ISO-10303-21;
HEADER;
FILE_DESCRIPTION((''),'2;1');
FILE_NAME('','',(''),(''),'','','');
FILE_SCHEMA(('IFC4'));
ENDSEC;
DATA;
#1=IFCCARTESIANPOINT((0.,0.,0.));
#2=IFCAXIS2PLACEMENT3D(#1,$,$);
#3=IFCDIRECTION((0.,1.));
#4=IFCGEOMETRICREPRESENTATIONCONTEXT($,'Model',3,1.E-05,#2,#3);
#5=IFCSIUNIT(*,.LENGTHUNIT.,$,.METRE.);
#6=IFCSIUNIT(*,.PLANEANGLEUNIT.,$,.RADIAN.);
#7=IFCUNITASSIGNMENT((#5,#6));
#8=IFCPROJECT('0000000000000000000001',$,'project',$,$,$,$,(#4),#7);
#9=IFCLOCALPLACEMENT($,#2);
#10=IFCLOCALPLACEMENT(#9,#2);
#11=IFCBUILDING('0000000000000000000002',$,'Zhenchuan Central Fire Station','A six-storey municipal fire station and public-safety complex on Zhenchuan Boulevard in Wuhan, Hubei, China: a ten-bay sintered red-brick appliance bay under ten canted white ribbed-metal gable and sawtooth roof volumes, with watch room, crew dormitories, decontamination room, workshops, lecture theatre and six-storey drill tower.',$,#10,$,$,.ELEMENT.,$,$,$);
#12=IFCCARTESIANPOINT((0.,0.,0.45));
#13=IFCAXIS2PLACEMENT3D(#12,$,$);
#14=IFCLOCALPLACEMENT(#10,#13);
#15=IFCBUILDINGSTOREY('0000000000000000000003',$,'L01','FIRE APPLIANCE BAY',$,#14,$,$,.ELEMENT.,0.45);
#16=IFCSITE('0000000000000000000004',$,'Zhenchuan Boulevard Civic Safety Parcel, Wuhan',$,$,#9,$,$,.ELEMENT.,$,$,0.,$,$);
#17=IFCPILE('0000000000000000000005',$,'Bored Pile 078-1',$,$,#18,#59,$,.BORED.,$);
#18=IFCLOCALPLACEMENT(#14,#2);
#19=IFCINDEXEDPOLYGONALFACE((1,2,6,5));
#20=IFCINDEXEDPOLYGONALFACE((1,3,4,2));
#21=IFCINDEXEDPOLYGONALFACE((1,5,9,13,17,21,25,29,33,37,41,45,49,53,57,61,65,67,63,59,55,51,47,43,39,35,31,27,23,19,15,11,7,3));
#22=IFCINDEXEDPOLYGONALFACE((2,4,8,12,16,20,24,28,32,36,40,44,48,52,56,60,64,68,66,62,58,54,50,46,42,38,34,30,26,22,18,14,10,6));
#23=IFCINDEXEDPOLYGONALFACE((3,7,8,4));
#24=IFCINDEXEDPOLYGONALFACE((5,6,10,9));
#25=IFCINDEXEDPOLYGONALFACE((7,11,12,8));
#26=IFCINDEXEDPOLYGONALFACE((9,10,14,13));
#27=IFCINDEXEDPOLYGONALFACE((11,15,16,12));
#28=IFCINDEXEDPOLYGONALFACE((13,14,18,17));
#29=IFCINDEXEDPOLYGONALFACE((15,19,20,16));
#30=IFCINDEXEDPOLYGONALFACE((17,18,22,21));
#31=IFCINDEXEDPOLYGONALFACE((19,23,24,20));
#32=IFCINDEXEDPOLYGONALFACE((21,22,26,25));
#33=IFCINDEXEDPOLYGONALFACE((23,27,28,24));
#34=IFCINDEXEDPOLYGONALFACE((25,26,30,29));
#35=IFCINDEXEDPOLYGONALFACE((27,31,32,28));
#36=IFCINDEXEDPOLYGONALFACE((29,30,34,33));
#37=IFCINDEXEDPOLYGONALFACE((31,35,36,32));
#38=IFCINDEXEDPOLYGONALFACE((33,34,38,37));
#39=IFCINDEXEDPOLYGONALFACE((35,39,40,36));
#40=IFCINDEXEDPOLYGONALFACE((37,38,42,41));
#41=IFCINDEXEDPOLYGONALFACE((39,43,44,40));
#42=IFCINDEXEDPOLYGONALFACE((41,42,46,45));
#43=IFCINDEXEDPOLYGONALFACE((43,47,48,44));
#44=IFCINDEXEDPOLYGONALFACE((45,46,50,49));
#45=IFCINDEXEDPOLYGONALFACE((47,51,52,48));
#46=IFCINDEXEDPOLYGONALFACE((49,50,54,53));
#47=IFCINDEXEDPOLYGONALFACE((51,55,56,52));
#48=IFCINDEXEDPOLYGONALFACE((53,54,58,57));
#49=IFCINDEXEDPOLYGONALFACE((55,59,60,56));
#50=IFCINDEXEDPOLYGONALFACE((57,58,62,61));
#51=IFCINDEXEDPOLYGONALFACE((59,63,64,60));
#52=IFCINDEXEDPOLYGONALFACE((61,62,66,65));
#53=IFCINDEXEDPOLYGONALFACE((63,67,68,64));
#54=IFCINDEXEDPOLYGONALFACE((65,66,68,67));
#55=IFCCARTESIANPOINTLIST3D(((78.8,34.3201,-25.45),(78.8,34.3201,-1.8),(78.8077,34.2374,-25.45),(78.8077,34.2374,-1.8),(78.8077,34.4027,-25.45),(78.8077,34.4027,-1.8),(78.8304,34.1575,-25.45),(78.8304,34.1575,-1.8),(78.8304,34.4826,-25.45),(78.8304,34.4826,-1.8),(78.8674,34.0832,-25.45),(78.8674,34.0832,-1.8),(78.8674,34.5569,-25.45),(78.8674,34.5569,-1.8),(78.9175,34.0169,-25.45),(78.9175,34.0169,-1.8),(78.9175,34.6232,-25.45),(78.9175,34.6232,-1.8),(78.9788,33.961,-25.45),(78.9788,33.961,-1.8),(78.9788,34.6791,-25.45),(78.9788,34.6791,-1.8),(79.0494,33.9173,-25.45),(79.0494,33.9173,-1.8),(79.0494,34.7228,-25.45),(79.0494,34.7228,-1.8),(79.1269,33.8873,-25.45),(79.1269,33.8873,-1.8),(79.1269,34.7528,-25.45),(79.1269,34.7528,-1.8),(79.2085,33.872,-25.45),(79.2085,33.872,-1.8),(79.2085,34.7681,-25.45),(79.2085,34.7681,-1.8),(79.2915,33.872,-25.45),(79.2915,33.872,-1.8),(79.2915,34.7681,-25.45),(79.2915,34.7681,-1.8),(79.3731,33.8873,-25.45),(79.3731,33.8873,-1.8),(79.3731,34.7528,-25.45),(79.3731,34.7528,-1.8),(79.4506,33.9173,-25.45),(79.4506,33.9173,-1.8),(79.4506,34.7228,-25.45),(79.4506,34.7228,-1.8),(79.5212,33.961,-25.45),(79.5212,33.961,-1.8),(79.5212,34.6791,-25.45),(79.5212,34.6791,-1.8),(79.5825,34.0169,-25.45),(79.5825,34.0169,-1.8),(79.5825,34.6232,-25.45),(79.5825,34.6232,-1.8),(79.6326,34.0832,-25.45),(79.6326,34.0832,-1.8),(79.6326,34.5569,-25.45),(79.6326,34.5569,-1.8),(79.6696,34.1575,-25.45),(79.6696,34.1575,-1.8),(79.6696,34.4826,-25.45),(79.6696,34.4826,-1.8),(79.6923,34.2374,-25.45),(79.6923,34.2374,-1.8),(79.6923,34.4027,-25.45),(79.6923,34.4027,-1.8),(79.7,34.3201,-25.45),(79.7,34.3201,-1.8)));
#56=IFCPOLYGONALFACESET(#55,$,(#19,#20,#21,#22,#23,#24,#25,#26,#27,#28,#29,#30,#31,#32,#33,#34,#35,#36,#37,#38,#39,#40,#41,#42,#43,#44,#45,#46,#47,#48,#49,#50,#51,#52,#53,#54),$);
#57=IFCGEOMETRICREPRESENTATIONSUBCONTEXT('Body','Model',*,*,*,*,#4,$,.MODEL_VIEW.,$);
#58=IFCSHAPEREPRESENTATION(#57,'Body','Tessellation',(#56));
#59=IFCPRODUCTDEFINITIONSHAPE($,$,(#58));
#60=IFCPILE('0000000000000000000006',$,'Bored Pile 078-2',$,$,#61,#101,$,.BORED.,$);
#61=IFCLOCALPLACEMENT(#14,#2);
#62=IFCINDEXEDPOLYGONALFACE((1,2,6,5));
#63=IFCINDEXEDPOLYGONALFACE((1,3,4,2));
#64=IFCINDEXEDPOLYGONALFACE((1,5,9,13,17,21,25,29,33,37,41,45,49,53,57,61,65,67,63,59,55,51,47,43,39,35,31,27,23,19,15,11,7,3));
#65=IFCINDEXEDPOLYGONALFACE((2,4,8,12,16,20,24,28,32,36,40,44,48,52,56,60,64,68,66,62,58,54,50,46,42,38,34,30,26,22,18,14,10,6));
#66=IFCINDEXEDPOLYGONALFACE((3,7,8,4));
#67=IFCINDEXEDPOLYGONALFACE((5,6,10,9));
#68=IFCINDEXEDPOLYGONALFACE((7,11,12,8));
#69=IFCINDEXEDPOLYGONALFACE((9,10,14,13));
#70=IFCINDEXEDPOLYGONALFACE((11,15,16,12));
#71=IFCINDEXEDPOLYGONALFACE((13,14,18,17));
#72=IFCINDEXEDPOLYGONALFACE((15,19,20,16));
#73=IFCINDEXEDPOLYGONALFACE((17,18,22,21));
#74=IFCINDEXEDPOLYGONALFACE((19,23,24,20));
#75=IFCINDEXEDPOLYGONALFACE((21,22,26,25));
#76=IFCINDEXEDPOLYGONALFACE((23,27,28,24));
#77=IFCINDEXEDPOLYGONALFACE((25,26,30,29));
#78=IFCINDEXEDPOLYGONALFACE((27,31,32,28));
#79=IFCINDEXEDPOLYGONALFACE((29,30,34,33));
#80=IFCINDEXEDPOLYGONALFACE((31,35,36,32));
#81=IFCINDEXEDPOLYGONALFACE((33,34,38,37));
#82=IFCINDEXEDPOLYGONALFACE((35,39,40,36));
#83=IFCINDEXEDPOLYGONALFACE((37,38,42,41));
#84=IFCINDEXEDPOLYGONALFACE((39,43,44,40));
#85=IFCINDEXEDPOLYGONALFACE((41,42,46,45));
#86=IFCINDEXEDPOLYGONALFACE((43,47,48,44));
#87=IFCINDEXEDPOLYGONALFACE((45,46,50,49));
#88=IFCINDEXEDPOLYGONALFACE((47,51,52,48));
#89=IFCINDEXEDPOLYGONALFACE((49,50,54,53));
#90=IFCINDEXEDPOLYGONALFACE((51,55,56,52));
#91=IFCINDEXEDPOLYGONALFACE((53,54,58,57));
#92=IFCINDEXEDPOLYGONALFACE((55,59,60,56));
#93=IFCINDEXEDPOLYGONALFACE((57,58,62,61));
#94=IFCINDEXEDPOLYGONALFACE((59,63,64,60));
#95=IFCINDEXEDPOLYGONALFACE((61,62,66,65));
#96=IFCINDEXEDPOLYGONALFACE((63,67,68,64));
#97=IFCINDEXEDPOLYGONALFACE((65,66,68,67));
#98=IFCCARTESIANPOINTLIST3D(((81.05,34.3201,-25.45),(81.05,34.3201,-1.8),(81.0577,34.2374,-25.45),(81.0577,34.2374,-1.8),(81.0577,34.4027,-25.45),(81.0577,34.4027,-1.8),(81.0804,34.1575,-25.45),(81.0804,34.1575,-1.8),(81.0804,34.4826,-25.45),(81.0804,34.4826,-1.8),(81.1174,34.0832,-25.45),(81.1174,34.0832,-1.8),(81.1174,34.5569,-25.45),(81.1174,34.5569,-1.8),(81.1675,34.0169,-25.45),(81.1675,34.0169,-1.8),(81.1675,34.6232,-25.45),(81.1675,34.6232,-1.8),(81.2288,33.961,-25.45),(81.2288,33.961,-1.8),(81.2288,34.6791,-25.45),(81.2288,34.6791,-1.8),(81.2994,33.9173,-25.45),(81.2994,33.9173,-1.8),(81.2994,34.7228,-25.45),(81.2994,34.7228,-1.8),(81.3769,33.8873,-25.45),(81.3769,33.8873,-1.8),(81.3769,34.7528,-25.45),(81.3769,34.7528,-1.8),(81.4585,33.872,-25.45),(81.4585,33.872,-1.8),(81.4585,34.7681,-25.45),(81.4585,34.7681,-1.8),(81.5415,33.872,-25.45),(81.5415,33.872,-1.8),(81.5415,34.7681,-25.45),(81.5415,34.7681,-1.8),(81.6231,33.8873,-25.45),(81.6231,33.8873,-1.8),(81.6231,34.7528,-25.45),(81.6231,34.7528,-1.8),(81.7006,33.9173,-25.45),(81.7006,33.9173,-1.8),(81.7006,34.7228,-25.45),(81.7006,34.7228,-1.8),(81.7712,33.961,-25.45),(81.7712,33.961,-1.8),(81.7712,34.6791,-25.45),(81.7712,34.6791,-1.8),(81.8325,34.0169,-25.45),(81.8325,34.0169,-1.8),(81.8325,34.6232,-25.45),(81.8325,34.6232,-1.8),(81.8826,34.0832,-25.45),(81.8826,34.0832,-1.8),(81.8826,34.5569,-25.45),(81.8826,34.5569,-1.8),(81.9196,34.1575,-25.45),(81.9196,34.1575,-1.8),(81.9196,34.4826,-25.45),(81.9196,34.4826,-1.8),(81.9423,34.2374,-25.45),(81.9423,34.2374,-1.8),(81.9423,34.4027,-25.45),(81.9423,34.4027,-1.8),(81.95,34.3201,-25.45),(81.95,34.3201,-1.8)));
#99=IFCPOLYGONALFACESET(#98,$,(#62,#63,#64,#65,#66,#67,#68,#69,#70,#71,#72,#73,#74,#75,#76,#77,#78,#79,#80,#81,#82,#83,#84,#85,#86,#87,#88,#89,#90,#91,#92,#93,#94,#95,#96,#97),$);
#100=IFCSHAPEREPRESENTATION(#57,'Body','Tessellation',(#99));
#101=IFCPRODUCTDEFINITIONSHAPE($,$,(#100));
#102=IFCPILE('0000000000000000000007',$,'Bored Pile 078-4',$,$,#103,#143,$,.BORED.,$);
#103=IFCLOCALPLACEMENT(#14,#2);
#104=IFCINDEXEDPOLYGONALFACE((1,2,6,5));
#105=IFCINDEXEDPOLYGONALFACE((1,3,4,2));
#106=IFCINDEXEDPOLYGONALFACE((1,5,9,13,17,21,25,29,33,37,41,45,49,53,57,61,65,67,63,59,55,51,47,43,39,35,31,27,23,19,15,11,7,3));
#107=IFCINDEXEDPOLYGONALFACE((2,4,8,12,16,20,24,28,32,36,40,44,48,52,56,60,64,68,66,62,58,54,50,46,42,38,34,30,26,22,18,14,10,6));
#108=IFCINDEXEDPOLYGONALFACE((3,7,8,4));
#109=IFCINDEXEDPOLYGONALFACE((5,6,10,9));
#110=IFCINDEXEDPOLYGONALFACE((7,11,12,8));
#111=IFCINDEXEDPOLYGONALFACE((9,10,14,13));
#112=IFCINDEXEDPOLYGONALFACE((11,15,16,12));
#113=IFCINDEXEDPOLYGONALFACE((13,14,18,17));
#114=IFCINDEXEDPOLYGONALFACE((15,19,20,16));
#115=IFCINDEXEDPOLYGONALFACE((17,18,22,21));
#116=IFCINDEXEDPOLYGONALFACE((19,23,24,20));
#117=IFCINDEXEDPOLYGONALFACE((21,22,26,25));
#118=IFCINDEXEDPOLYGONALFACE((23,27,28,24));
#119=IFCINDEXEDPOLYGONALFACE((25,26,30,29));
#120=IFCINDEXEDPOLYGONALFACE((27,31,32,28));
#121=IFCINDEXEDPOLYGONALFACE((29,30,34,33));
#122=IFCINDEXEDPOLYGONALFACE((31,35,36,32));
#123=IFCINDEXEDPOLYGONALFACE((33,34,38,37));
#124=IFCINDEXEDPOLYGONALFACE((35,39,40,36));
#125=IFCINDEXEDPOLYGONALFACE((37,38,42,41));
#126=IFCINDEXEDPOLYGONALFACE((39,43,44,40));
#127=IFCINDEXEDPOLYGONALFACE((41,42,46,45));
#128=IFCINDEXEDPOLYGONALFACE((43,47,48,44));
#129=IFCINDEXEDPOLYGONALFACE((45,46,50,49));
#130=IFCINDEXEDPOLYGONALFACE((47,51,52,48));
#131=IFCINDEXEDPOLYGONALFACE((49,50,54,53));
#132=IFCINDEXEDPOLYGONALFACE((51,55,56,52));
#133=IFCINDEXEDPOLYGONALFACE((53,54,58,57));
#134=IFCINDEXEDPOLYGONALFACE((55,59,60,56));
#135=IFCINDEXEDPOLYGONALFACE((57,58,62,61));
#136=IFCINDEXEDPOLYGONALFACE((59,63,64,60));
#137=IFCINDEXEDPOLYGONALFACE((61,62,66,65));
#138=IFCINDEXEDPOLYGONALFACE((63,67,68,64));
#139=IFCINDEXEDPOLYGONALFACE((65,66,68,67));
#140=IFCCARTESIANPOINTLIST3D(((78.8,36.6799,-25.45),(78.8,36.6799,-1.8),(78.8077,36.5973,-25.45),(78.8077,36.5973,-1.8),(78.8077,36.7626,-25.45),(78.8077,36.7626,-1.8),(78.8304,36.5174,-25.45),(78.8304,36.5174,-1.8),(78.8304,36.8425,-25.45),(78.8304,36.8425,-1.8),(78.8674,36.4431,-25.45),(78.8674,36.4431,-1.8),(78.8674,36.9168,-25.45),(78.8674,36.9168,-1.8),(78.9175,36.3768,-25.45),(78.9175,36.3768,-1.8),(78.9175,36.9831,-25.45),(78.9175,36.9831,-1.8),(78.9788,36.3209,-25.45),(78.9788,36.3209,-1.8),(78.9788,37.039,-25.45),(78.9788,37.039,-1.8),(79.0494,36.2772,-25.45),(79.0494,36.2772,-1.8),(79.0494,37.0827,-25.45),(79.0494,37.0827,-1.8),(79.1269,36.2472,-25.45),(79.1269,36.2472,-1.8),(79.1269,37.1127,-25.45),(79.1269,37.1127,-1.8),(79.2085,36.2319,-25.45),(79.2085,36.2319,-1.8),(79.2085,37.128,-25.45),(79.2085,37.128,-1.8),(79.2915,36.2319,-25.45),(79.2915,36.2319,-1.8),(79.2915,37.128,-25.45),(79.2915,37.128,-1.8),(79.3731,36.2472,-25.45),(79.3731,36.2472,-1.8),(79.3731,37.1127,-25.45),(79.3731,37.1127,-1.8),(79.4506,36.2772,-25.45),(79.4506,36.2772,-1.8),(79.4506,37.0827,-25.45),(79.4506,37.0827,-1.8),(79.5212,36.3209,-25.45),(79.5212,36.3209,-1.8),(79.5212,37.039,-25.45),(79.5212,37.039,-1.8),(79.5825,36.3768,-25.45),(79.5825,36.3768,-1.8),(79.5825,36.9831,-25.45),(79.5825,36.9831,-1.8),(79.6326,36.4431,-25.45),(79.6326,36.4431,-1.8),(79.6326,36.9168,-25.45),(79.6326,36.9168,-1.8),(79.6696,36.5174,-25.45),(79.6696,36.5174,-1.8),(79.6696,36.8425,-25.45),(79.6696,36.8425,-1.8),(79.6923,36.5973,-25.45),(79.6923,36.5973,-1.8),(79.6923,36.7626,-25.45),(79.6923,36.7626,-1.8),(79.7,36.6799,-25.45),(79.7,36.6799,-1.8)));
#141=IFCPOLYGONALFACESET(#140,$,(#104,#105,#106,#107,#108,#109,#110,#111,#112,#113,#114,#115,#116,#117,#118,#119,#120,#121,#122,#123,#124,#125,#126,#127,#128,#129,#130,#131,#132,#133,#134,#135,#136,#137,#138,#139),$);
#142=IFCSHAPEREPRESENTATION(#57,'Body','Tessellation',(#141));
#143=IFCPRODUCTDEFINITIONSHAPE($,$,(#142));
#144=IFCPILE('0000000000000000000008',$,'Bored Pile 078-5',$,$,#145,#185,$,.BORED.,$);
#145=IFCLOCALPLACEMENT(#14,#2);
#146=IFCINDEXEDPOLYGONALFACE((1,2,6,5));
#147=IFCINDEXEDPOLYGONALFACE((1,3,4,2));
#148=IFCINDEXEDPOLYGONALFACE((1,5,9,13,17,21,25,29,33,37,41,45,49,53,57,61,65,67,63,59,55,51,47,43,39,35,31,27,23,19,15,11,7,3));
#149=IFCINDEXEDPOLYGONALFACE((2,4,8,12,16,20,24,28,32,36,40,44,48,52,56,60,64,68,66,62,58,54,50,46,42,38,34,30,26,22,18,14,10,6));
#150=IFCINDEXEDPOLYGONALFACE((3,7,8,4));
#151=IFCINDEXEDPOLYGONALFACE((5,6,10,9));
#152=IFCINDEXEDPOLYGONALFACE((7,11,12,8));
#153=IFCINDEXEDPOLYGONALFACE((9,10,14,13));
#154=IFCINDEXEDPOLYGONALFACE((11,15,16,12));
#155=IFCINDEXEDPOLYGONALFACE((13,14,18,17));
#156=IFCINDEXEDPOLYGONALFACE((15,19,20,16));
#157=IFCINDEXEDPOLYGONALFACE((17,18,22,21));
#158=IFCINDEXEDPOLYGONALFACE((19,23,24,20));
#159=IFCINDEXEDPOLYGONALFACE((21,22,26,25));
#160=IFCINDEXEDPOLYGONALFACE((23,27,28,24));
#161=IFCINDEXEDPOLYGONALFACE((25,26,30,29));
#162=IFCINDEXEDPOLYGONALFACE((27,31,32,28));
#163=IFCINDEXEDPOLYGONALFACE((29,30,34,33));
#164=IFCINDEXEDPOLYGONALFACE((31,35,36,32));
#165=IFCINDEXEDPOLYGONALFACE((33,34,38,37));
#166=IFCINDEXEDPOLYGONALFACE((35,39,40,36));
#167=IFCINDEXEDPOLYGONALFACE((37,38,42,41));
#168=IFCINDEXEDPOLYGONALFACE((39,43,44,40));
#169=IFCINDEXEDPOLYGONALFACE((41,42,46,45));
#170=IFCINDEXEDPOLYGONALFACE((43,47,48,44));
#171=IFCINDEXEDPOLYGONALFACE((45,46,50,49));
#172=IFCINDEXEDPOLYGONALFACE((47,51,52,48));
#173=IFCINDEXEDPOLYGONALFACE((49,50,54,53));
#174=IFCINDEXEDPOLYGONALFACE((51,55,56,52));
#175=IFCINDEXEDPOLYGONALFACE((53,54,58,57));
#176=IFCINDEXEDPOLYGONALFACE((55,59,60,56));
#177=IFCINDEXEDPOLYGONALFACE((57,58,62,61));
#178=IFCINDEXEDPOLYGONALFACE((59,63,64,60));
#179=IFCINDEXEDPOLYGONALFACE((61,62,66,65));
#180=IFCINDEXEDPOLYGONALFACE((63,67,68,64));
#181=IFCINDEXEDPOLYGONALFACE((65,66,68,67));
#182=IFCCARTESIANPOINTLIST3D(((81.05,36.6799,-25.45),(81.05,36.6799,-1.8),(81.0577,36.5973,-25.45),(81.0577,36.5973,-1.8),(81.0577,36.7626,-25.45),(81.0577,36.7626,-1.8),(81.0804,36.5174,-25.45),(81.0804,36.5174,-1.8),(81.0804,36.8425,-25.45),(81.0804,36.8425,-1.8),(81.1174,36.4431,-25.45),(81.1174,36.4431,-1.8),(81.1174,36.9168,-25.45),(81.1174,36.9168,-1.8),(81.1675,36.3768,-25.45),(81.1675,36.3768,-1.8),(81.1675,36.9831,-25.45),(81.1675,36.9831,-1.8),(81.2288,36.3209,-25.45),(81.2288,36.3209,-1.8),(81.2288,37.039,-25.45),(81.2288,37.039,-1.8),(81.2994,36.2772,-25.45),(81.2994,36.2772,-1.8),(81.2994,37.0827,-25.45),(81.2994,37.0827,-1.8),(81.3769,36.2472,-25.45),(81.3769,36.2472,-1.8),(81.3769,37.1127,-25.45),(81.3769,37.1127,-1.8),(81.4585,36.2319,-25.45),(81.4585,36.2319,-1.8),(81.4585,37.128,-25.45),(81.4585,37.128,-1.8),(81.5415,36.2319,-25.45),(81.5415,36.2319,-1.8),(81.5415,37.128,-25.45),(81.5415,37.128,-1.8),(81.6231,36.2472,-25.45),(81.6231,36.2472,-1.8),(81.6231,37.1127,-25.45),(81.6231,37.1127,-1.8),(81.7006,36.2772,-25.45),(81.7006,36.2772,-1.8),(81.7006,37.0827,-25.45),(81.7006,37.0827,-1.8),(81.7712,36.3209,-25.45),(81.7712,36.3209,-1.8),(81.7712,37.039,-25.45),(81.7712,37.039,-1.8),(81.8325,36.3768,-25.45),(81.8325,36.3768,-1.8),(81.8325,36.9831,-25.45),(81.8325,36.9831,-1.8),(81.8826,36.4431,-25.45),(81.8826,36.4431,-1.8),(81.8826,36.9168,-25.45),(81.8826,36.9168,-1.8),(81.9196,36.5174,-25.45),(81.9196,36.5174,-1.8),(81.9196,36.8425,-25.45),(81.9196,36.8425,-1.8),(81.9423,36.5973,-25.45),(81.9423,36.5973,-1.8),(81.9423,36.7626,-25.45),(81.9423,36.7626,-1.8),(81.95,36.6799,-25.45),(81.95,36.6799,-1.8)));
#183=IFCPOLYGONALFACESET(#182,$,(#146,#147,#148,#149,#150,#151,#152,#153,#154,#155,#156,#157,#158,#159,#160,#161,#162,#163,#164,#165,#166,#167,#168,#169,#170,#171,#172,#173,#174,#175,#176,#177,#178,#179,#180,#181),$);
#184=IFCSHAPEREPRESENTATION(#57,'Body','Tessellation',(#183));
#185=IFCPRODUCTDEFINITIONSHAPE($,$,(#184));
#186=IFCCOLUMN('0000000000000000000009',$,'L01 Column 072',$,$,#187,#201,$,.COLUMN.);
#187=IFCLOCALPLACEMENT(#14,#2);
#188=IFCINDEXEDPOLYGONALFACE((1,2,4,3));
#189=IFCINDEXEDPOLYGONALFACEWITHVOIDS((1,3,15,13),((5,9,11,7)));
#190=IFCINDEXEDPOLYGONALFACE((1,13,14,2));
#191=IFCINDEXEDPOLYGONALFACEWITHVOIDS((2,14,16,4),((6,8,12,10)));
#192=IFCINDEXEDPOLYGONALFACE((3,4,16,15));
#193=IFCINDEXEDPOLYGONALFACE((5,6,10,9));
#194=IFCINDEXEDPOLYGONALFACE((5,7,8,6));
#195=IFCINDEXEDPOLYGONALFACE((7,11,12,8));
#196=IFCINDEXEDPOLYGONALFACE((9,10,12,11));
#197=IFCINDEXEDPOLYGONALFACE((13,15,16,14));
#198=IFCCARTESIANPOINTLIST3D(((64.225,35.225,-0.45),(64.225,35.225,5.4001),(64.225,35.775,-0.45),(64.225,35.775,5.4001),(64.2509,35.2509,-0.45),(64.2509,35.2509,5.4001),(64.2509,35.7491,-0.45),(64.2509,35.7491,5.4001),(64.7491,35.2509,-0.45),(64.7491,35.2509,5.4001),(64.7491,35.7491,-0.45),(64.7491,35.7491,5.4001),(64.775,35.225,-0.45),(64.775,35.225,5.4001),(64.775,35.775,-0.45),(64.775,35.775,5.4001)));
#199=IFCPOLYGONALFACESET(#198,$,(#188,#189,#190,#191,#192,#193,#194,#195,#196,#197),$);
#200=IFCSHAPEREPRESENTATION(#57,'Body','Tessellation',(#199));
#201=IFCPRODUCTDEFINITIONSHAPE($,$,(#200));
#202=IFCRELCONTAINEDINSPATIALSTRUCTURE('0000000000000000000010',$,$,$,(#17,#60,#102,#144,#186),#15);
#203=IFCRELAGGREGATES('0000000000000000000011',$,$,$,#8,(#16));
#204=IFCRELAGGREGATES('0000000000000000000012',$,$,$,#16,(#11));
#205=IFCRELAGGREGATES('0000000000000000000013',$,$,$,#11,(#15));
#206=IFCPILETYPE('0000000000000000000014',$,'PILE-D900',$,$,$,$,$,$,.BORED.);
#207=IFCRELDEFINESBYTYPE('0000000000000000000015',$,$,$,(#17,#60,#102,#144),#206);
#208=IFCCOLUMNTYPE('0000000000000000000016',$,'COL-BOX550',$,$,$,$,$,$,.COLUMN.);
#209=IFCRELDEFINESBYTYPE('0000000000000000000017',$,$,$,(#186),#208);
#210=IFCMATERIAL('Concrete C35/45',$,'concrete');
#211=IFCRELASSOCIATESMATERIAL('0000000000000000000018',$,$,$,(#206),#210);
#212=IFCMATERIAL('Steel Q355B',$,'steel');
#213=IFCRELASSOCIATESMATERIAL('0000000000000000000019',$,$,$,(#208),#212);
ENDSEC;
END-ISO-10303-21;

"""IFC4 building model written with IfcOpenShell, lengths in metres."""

from ifc_helpers import new_model, si_unit, direction, frame, origin, origin_2d, place, context, subcontext, project, spatial, hollow_rectangle, circle, extrude, material, material_profile, profile_set, type_object, element, save


model = new_model("IFC4")

# Units and contexts
model_context = context("Model", 3, precision=1e-05, world=origin(), true_north=direction((0.0, 1.0)))
body_context = subcontext(model_context, "Body", "Model", "MODEL_VIEW")
ifc_project = project(units=[si_unit("LENGTHUNIT", "METRE"), si_unit("PLANEANGLEUNIT", "RADIAN")], contexts=[model_context])

# Site, building, storey
site_placement = place(None, origin())
site = spatial("IfcSite", under=ifc_project, at=site_placement, Name="Zhenchuan Boulevard Civic Safety Parcel, Wuhan", CompositionType="ELEMENT", RefElevation=0.0)
building_placement = place(site_placement, origin())
building = spatial("IfcBuilding", under=site, at=building_placement, Name="Zhenchuan Central Fire Station", Description="A six-storey municipal fire station and public-safety complex on Zhenchuan Boulevard in Wuhan, Hubei, China: a ten-bay sintered red-brick appliance bay under ten canted white ribbed-metal gable and sawtooth roof volumes, with watch room, crew dormitories, decontamination room, workshops, lecture theatre and six-storey drill tower.", CompositionType="ELEMENT")
storey_placement = place(building_placement, frame((0.0, 0.0, 0.45)))
storey = spatial("IfcBuildingStorey", under=building, at=storey_placement, Name="L01", Description="FIRE APPLIANCE BAY", CompositionType="ELEMENT", Elevation=0.45)

# Piles
ifc_material_1 = material(Name="Concrete C35/45", Category="concrete")
ifc_material_profile_1 = material_profile(ifc_material_1, circle(Radius=0.45, at=origin_2d()), Name="PILE D900")
ifc_profile_set_1 = profile_set([ifc_material_profile_1], Name="Concrete C35/45")
pile_type_1 = type_object("IfcPileType", Name="PILE-D900", PredefinedType="BORED", material=ifc_profile_set_1)
for number, where, z_axis, x_axis, name in (
    (1, (79.25, 34.3201, -1.8), (0.0, 0.0, -1.0), (1.0, 0.0, 0.0), "Bored Pile 078-1"),
    (2, (81.5, 34.3201, -1.8), (0.0, 0.0, -1.0), (1.0, 0.0, 0.0), "Bored Pile 078-2"),
    (3, (79.25, 36.6799, -1.8), (0.0, 0.0, -1.0), (1.0, 0.0, 0.0), "Bored Pile 078-4"),
    (4, (81.5, 36.6799, -1.8), (0.0, 0.0, -1.0), (1.0, 0.0, 0.0), "Bored Pile 078-5"),
):
    element("IfcPile", number, at=place(storey_placement, frame(where, z_axis=z_axis, x_axis=x_axis)), inside=storey, type_object=pile_type_1, Name=name, PredefinedType="BORED", context=body_context, shape_type="SweptSolid", body=[
        extrude(circle(Radius=0.45, at=origin_2d()), origin(), (0.0, 0.0, 1.0), 23.6499),
    ])

# Column
ifc_material_2 = material(Name="Steel Q355B", Category="steel")
ifc_material_profile_2 = material_profile(ifc_material_2, hollow_rectangle(XDim=0.55, YDim=0.55, WallThickness=0.0259, at=origin_2d()), Name="BOX 550x550x26")
ifc_profile_set_2 = profile_set([ifc_material_profile_2], Name="Steel Q355B")
column_type_1 = type_object("IfcColumnType", Name="COL-BOX550", PredefinedType="COLUMN", material=ifc_profile_set_2)
for number, where, z_axis, x_axis, name in (
    (5, (64.5, 35.5, -0.45), (0.0, 0.0, 1.0), (1.0, 0.0, 0.0), "L01 Column 072"),
):
    element("IfcColumn", number, at=place(storey_placement, frame(where, z_axis=z_axis, x_axis=x_axis)), inside=storey, type_object=column_type_1, Name=name, PredefinedType="COLUMN", context=body_context, shape_type="SweptSolid", body=[
        extrude(hollow_rectangle(XDim=0.55, YDim=0.55, WallThickness=0.0259, at=origin_2d()), origin(), (0.0, 0.0, 1.0), 5.8501),
    ])

save(model, "model.ifc")
